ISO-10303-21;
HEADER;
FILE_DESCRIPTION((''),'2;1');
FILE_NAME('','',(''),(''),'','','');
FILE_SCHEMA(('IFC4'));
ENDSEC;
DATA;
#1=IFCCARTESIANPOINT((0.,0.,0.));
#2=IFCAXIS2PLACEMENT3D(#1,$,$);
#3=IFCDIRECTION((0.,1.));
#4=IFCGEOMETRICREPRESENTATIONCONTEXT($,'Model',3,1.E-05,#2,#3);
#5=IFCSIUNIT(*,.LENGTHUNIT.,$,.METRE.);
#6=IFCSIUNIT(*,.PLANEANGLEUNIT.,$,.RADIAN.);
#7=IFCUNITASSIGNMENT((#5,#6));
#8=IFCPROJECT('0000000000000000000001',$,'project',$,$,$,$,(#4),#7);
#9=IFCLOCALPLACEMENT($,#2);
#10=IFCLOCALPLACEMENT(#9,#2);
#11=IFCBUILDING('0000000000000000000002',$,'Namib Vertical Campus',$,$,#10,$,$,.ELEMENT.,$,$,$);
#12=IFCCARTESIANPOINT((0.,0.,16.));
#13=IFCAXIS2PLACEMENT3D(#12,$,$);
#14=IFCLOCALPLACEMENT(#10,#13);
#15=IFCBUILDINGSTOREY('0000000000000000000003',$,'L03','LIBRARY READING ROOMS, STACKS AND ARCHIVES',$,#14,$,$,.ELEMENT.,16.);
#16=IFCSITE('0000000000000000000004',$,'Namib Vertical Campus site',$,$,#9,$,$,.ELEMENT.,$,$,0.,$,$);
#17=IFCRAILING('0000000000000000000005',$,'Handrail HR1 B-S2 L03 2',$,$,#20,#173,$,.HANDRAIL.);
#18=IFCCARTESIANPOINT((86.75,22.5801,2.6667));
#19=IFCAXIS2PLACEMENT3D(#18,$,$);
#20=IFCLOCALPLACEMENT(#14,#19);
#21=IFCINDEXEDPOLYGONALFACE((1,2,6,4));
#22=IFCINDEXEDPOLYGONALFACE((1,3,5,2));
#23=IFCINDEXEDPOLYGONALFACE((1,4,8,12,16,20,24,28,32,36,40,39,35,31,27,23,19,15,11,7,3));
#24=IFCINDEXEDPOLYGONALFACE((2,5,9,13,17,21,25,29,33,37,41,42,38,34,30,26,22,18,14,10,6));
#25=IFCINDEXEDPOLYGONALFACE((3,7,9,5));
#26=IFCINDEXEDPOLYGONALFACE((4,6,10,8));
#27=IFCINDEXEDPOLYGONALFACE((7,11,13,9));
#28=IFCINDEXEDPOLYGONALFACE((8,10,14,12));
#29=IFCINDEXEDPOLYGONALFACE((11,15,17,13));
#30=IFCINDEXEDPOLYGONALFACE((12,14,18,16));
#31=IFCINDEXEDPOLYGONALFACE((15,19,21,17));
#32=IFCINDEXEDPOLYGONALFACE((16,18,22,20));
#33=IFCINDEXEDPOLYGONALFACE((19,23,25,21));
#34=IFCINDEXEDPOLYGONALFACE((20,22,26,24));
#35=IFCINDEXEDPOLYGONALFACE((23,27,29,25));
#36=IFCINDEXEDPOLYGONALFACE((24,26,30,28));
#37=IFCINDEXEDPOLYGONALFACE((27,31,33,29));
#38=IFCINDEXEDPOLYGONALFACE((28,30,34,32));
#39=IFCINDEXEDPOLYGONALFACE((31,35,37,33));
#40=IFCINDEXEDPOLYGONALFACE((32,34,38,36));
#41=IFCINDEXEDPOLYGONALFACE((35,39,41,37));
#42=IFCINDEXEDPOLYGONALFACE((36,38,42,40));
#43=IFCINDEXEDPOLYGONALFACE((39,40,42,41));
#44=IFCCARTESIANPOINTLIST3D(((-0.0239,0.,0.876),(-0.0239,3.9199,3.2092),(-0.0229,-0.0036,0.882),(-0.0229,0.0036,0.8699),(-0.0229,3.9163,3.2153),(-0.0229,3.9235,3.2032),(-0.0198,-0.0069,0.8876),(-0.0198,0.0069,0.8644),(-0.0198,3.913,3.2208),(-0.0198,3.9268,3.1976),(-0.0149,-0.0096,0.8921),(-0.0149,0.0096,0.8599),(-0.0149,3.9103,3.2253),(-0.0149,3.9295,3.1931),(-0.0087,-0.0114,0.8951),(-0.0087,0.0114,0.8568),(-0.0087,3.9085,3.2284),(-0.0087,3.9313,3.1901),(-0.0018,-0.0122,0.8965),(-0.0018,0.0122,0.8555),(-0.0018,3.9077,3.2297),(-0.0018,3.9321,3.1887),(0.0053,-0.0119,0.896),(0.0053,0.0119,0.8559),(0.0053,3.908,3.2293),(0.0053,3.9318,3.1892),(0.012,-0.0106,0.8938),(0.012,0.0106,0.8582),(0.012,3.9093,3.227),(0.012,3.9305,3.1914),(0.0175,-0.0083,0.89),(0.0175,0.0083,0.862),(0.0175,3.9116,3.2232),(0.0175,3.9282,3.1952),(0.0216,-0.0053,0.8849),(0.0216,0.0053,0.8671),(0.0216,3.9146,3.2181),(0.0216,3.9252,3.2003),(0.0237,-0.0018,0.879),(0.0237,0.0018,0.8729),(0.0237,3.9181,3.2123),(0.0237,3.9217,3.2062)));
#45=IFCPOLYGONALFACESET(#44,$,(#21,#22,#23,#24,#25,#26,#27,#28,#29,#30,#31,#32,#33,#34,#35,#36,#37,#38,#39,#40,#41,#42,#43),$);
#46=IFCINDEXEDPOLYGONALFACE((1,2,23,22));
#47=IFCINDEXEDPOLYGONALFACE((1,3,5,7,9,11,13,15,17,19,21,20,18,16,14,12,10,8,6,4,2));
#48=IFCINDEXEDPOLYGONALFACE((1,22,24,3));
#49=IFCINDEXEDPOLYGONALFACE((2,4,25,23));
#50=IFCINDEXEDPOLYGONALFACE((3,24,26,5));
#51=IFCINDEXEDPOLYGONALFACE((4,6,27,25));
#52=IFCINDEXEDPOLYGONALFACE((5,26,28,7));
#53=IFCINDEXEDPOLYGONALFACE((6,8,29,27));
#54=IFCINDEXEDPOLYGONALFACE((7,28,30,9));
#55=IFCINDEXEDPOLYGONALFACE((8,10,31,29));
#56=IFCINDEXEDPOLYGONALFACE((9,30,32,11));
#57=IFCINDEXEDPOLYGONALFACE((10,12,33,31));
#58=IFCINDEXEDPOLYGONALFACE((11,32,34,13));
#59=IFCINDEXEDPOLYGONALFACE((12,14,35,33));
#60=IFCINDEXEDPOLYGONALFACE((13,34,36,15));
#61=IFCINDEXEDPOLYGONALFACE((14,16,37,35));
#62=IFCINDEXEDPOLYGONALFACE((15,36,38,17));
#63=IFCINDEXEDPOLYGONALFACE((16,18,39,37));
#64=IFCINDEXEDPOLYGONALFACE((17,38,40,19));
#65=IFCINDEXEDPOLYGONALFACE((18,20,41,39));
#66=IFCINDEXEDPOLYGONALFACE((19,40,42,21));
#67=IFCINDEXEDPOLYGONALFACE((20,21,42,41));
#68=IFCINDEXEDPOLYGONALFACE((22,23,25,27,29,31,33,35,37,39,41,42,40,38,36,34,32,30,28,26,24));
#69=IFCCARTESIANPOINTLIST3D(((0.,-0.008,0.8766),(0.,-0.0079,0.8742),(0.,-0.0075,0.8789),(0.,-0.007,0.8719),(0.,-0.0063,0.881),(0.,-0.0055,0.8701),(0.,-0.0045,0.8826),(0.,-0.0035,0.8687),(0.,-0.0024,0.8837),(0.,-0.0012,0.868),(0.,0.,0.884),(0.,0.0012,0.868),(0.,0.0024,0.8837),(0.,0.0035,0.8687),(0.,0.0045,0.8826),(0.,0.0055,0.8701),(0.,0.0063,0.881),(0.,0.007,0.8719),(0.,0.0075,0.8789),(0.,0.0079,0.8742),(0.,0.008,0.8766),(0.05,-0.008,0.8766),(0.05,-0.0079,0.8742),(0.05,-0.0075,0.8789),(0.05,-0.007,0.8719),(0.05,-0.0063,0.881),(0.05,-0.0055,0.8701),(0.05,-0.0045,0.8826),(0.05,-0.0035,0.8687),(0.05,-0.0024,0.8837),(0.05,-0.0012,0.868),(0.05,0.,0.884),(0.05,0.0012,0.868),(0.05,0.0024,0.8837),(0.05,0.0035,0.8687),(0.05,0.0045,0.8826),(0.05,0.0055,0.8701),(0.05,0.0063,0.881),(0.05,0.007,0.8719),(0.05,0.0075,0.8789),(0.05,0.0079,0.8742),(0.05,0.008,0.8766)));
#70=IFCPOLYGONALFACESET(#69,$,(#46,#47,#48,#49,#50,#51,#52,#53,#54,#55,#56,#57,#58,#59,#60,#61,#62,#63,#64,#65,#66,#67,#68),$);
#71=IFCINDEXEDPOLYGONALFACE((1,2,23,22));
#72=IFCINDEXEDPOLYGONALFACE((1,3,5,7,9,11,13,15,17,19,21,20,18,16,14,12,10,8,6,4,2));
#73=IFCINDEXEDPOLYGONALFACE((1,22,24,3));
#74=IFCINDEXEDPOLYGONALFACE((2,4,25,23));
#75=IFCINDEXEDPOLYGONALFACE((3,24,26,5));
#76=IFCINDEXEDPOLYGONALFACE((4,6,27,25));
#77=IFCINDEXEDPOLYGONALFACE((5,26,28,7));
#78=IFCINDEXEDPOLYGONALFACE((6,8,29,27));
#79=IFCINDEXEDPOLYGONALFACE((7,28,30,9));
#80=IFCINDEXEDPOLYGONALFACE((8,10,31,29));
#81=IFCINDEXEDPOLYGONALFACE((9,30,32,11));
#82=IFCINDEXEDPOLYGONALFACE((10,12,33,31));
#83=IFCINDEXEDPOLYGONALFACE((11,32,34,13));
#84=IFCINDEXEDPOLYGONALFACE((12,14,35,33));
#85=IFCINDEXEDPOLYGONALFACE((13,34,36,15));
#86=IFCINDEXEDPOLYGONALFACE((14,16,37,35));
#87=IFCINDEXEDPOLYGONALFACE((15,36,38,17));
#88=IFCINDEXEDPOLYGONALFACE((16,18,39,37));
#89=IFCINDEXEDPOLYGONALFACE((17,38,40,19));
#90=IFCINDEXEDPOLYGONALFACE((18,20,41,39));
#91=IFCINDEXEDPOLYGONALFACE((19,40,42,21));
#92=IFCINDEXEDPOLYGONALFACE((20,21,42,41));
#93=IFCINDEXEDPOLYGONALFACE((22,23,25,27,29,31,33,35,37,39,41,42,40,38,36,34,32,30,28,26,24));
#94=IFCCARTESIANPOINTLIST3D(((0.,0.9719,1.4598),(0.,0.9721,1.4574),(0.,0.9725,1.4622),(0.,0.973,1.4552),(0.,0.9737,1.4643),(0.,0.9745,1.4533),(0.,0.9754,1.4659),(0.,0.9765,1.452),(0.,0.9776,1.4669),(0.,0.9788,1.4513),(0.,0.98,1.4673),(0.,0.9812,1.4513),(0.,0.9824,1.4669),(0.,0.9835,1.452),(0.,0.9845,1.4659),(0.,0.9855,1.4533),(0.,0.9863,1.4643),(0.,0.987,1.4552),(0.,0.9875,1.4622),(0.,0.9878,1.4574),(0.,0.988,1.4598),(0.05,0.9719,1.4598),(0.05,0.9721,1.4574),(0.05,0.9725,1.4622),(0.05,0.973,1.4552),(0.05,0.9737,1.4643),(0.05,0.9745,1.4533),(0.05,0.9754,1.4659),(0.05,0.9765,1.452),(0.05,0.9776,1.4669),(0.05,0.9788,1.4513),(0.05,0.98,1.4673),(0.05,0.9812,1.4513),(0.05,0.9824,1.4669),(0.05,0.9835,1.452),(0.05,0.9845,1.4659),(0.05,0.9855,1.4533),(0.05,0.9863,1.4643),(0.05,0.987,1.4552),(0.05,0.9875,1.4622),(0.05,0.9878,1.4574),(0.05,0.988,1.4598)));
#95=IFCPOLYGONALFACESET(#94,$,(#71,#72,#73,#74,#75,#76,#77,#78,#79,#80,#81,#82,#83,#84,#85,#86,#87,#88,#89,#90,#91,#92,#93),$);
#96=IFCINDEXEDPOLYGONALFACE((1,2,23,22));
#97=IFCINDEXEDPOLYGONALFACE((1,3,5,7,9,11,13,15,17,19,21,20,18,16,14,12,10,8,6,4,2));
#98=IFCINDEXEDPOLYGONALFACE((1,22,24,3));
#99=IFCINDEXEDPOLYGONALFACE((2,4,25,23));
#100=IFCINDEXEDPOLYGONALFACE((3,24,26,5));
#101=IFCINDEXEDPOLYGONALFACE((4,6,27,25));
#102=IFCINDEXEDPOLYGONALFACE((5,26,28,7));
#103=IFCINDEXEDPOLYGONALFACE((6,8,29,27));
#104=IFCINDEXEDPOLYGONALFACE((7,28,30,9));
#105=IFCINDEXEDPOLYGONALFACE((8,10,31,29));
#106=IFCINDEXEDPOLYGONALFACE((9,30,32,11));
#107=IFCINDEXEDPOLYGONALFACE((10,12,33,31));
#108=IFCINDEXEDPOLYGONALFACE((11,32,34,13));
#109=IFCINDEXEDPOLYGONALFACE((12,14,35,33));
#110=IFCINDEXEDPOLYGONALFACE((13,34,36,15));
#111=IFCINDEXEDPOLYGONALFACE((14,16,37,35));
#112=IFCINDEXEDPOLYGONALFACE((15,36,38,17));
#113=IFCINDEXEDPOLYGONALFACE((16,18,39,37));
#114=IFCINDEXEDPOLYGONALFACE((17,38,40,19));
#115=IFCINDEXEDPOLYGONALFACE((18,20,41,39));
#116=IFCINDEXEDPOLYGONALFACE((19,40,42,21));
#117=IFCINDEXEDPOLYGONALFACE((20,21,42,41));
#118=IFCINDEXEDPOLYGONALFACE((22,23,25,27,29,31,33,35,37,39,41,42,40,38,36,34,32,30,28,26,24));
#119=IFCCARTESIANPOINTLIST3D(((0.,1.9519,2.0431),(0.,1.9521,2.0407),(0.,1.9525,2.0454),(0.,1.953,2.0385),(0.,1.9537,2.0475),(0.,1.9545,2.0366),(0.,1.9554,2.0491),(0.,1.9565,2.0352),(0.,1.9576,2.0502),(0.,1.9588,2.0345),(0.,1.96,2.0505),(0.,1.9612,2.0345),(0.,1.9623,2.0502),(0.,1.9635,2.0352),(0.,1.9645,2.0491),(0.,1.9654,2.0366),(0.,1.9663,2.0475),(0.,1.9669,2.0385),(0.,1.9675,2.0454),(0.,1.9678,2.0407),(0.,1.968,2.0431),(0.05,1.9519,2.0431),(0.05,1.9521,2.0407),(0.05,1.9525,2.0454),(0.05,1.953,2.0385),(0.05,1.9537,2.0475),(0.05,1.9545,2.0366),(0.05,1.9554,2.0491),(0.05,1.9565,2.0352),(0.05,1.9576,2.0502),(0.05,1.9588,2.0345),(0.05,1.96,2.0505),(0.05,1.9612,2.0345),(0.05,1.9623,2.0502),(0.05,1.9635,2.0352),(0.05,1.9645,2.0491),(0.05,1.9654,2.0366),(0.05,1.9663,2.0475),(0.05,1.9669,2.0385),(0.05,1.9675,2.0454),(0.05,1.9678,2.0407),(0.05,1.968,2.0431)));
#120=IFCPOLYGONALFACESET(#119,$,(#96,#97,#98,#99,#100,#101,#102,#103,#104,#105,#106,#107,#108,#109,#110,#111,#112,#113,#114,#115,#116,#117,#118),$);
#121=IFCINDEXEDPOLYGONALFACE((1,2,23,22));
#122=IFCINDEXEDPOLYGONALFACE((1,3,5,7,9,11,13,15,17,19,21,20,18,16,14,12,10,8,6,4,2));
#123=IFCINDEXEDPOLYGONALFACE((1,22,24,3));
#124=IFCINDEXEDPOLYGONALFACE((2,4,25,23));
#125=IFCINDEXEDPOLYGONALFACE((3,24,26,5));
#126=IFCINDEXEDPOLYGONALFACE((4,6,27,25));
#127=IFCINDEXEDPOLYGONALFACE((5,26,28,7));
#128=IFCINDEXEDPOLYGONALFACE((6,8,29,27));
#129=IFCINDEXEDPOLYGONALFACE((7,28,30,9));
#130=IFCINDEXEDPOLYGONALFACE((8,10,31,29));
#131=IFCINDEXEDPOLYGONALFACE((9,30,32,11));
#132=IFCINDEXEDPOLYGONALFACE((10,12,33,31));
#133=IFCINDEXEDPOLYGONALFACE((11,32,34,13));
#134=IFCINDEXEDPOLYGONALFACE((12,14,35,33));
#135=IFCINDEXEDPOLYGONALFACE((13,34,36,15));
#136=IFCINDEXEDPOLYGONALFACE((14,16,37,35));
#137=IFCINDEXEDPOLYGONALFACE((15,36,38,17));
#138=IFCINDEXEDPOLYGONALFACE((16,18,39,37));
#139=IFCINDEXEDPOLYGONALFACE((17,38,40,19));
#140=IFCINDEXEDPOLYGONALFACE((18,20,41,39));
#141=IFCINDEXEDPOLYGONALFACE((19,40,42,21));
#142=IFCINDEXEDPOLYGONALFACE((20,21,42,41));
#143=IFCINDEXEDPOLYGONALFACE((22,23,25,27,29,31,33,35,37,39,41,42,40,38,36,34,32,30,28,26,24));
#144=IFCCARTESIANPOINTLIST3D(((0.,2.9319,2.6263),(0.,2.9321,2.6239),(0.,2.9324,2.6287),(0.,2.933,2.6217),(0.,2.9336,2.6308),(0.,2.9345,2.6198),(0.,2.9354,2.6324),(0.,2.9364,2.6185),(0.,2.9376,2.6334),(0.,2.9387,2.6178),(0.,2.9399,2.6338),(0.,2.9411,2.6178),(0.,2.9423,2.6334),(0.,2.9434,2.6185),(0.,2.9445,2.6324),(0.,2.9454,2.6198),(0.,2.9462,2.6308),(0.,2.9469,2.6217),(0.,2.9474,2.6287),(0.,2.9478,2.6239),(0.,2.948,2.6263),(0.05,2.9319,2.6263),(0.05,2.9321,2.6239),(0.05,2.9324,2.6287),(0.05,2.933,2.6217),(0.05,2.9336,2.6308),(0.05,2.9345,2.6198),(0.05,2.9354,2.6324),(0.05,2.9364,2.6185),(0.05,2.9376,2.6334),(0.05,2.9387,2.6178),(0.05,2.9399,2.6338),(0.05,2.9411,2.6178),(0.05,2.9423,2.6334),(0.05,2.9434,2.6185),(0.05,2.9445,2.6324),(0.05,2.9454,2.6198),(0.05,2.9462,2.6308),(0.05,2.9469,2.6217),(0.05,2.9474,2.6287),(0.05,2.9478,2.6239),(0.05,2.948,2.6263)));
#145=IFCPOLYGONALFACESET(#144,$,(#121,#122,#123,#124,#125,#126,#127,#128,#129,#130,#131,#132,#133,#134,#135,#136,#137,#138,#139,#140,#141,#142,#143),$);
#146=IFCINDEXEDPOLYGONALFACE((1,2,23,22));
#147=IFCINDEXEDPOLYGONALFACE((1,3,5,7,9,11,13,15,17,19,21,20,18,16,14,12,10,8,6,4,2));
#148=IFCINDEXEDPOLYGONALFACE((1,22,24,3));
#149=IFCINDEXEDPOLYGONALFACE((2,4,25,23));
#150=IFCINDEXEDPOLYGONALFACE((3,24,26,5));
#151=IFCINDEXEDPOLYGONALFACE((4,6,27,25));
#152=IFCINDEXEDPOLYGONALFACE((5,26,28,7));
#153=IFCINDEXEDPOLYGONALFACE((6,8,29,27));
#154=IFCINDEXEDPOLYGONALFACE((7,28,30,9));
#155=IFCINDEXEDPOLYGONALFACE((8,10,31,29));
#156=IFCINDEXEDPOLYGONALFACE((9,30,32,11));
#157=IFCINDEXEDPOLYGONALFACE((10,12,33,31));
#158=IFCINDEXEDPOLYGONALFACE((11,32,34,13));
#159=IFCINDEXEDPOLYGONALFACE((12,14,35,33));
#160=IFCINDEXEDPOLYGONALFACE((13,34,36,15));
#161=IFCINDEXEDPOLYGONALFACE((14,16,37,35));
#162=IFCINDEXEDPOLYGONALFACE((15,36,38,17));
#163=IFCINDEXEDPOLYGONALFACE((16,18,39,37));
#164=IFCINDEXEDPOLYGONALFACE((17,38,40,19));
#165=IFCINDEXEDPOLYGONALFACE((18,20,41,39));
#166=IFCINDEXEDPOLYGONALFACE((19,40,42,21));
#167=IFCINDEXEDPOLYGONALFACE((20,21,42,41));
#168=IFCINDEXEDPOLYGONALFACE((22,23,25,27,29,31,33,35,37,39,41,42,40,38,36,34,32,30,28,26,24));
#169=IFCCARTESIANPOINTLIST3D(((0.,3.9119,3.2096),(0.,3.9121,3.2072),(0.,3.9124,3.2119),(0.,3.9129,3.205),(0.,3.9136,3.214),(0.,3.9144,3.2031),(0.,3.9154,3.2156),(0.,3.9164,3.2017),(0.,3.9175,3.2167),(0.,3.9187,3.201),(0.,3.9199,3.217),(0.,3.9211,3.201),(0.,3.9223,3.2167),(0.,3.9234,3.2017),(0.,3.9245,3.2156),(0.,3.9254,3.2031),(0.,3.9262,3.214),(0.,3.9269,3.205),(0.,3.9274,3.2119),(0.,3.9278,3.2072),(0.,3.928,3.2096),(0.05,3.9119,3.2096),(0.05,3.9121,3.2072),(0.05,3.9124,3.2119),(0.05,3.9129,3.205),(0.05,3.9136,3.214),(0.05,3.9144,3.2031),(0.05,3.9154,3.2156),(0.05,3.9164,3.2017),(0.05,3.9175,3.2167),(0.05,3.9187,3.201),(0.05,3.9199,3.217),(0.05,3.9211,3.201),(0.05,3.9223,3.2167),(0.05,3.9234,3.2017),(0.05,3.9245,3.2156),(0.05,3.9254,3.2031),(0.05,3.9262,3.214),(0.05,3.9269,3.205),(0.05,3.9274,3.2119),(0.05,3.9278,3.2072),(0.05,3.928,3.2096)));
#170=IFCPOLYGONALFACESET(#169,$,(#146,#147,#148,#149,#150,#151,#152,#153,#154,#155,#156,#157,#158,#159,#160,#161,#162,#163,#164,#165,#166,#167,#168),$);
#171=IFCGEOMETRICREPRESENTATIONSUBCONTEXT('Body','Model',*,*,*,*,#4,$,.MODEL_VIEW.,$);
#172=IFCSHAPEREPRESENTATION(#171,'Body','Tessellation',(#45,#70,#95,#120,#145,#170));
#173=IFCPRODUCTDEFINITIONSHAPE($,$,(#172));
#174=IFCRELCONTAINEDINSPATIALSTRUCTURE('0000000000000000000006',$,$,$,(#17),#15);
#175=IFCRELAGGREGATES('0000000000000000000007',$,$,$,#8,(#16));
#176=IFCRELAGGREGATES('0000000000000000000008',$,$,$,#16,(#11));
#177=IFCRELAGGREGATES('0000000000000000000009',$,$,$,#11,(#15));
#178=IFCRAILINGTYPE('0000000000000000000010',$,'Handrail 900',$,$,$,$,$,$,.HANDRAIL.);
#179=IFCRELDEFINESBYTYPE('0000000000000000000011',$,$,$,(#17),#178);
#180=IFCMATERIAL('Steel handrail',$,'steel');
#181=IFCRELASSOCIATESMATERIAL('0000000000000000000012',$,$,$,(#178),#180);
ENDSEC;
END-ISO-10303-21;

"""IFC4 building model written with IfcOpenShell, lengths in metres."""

from ifc_helpers import new_model, si_unit, direction, frame, origin, origin_2d, place, context, subcontext, project, spatial, circle, extrude, material, type_object, element, save


model = new_model("IFC4")

# Units and contexts
model_context = context("Model", 3, precision=1e-05, world=origin(), true_north=direction((0.0, 1.0)))
body_context = subcontext(model_context, "Body", "Model", "MODEL_VIEW")
ifc_project = project(units=[si_unit("LENGTHUNIT", "METRE"), si_unit("PLANEANGLEUNIT", "RADIAN")], contexts=[model_context])

# Site, building, storey
site_placement = place(None, origin())
site = spatial("IfcSite", under=ifc_project, at=site_placement, Name="Namib Vertical Campus site", CompositionType="ELEMENT", RefElevation=0.0)
building_placement = place(site_placement, origin())
building = spatial("IfcBuilding", under=site, at=building_placement, Name="Namib Vertical Campus", CompositionType="ELEMENT")
storey_placement = place(building_placement, frame((0.0, 0.0, 16.0)))
storey = spatial("IfcBuildingStorey", under=building, at=storey_placement, Name="L03", Description="LIBRARY READING ROOMS, STACKS AND ARCHIVES", CompositionType="ELEMENT", Elevation=16.0)

# Railing
ifc_material_1 = material(Name="Steel handrail", Category="steel")
railing_type_1 = type_object("IfcRailingType", Name="Handrail 900", PredefinedType="HANDRAIL", material=ifc_material_1)
railing_1_placement = place(storey_placement, frame((86.75, 22.5801, 2.6667)))
element("IfcRailing", 1, at=railing_1_placement, inside=storey, type_object=railing_type_1, Name="Handrail HR1 B-S2 L03 2", PredefinedType="HANDRAIL", context=body_context, shape_type="SweptSolid", body=[
    extrude(circle(Radius=0.0239, at=origin_2d()), frame((0.0, 0.0, 0.876), z_axis=(0.0, 0.859296, 0.511478), x_axis=(-1.0, 0.0, 0.0)), (0.0, 0.0, 1.0), 4.5618),
    extrude(circle(Radius=0.0081, at=origin_2d()), frame((0.0, 0.0, 0.876), z_axis=(1.0, 0.0, 0.0), x_axis=(0.0, 0.0, 1.0)), (0.0, 0.0, 1.0), 0.05),
    extrude(circle(Radius=0.0081, at=origin_2d()), frame((0.0, 0.98, 1.4592), z_axis=(1.0, 0.0, 0.0), x_axis=(0.0, 0.0, 1.0)), (0.0, 0.0, 1.0), 0.05),
    extrude(circle(Radius=0.0081, at=origin_2d()), frame((0.0, 1.96, 2.0425), z_axis=(1.0, 0.0, 0.0), x_axis=(0.0, 0.0, 1.0)), (0.0, 0.0, 1.0), 0.05),
    extrude(circle(Radius=0.0081, at=origin_2d()), frame((0.0, 2.9399, 2.6257), z_axis=(1.0, 0.0, 0.0), x_axis=(0.0, 0.0, 1.0)), (0.0, 0.0, 1.0), 0.05),
    extrude(circle(Radius=0.0081, at=origin_2d()), frame((0.0, 3.9199, 3.209), z_axis=(1.0, 0.0, 0.0), x_axis=(0.0, 0.0, 1.0)), (0.0, 0.0, 1.0), 0.05),
])

save(model, "model.ifc")
